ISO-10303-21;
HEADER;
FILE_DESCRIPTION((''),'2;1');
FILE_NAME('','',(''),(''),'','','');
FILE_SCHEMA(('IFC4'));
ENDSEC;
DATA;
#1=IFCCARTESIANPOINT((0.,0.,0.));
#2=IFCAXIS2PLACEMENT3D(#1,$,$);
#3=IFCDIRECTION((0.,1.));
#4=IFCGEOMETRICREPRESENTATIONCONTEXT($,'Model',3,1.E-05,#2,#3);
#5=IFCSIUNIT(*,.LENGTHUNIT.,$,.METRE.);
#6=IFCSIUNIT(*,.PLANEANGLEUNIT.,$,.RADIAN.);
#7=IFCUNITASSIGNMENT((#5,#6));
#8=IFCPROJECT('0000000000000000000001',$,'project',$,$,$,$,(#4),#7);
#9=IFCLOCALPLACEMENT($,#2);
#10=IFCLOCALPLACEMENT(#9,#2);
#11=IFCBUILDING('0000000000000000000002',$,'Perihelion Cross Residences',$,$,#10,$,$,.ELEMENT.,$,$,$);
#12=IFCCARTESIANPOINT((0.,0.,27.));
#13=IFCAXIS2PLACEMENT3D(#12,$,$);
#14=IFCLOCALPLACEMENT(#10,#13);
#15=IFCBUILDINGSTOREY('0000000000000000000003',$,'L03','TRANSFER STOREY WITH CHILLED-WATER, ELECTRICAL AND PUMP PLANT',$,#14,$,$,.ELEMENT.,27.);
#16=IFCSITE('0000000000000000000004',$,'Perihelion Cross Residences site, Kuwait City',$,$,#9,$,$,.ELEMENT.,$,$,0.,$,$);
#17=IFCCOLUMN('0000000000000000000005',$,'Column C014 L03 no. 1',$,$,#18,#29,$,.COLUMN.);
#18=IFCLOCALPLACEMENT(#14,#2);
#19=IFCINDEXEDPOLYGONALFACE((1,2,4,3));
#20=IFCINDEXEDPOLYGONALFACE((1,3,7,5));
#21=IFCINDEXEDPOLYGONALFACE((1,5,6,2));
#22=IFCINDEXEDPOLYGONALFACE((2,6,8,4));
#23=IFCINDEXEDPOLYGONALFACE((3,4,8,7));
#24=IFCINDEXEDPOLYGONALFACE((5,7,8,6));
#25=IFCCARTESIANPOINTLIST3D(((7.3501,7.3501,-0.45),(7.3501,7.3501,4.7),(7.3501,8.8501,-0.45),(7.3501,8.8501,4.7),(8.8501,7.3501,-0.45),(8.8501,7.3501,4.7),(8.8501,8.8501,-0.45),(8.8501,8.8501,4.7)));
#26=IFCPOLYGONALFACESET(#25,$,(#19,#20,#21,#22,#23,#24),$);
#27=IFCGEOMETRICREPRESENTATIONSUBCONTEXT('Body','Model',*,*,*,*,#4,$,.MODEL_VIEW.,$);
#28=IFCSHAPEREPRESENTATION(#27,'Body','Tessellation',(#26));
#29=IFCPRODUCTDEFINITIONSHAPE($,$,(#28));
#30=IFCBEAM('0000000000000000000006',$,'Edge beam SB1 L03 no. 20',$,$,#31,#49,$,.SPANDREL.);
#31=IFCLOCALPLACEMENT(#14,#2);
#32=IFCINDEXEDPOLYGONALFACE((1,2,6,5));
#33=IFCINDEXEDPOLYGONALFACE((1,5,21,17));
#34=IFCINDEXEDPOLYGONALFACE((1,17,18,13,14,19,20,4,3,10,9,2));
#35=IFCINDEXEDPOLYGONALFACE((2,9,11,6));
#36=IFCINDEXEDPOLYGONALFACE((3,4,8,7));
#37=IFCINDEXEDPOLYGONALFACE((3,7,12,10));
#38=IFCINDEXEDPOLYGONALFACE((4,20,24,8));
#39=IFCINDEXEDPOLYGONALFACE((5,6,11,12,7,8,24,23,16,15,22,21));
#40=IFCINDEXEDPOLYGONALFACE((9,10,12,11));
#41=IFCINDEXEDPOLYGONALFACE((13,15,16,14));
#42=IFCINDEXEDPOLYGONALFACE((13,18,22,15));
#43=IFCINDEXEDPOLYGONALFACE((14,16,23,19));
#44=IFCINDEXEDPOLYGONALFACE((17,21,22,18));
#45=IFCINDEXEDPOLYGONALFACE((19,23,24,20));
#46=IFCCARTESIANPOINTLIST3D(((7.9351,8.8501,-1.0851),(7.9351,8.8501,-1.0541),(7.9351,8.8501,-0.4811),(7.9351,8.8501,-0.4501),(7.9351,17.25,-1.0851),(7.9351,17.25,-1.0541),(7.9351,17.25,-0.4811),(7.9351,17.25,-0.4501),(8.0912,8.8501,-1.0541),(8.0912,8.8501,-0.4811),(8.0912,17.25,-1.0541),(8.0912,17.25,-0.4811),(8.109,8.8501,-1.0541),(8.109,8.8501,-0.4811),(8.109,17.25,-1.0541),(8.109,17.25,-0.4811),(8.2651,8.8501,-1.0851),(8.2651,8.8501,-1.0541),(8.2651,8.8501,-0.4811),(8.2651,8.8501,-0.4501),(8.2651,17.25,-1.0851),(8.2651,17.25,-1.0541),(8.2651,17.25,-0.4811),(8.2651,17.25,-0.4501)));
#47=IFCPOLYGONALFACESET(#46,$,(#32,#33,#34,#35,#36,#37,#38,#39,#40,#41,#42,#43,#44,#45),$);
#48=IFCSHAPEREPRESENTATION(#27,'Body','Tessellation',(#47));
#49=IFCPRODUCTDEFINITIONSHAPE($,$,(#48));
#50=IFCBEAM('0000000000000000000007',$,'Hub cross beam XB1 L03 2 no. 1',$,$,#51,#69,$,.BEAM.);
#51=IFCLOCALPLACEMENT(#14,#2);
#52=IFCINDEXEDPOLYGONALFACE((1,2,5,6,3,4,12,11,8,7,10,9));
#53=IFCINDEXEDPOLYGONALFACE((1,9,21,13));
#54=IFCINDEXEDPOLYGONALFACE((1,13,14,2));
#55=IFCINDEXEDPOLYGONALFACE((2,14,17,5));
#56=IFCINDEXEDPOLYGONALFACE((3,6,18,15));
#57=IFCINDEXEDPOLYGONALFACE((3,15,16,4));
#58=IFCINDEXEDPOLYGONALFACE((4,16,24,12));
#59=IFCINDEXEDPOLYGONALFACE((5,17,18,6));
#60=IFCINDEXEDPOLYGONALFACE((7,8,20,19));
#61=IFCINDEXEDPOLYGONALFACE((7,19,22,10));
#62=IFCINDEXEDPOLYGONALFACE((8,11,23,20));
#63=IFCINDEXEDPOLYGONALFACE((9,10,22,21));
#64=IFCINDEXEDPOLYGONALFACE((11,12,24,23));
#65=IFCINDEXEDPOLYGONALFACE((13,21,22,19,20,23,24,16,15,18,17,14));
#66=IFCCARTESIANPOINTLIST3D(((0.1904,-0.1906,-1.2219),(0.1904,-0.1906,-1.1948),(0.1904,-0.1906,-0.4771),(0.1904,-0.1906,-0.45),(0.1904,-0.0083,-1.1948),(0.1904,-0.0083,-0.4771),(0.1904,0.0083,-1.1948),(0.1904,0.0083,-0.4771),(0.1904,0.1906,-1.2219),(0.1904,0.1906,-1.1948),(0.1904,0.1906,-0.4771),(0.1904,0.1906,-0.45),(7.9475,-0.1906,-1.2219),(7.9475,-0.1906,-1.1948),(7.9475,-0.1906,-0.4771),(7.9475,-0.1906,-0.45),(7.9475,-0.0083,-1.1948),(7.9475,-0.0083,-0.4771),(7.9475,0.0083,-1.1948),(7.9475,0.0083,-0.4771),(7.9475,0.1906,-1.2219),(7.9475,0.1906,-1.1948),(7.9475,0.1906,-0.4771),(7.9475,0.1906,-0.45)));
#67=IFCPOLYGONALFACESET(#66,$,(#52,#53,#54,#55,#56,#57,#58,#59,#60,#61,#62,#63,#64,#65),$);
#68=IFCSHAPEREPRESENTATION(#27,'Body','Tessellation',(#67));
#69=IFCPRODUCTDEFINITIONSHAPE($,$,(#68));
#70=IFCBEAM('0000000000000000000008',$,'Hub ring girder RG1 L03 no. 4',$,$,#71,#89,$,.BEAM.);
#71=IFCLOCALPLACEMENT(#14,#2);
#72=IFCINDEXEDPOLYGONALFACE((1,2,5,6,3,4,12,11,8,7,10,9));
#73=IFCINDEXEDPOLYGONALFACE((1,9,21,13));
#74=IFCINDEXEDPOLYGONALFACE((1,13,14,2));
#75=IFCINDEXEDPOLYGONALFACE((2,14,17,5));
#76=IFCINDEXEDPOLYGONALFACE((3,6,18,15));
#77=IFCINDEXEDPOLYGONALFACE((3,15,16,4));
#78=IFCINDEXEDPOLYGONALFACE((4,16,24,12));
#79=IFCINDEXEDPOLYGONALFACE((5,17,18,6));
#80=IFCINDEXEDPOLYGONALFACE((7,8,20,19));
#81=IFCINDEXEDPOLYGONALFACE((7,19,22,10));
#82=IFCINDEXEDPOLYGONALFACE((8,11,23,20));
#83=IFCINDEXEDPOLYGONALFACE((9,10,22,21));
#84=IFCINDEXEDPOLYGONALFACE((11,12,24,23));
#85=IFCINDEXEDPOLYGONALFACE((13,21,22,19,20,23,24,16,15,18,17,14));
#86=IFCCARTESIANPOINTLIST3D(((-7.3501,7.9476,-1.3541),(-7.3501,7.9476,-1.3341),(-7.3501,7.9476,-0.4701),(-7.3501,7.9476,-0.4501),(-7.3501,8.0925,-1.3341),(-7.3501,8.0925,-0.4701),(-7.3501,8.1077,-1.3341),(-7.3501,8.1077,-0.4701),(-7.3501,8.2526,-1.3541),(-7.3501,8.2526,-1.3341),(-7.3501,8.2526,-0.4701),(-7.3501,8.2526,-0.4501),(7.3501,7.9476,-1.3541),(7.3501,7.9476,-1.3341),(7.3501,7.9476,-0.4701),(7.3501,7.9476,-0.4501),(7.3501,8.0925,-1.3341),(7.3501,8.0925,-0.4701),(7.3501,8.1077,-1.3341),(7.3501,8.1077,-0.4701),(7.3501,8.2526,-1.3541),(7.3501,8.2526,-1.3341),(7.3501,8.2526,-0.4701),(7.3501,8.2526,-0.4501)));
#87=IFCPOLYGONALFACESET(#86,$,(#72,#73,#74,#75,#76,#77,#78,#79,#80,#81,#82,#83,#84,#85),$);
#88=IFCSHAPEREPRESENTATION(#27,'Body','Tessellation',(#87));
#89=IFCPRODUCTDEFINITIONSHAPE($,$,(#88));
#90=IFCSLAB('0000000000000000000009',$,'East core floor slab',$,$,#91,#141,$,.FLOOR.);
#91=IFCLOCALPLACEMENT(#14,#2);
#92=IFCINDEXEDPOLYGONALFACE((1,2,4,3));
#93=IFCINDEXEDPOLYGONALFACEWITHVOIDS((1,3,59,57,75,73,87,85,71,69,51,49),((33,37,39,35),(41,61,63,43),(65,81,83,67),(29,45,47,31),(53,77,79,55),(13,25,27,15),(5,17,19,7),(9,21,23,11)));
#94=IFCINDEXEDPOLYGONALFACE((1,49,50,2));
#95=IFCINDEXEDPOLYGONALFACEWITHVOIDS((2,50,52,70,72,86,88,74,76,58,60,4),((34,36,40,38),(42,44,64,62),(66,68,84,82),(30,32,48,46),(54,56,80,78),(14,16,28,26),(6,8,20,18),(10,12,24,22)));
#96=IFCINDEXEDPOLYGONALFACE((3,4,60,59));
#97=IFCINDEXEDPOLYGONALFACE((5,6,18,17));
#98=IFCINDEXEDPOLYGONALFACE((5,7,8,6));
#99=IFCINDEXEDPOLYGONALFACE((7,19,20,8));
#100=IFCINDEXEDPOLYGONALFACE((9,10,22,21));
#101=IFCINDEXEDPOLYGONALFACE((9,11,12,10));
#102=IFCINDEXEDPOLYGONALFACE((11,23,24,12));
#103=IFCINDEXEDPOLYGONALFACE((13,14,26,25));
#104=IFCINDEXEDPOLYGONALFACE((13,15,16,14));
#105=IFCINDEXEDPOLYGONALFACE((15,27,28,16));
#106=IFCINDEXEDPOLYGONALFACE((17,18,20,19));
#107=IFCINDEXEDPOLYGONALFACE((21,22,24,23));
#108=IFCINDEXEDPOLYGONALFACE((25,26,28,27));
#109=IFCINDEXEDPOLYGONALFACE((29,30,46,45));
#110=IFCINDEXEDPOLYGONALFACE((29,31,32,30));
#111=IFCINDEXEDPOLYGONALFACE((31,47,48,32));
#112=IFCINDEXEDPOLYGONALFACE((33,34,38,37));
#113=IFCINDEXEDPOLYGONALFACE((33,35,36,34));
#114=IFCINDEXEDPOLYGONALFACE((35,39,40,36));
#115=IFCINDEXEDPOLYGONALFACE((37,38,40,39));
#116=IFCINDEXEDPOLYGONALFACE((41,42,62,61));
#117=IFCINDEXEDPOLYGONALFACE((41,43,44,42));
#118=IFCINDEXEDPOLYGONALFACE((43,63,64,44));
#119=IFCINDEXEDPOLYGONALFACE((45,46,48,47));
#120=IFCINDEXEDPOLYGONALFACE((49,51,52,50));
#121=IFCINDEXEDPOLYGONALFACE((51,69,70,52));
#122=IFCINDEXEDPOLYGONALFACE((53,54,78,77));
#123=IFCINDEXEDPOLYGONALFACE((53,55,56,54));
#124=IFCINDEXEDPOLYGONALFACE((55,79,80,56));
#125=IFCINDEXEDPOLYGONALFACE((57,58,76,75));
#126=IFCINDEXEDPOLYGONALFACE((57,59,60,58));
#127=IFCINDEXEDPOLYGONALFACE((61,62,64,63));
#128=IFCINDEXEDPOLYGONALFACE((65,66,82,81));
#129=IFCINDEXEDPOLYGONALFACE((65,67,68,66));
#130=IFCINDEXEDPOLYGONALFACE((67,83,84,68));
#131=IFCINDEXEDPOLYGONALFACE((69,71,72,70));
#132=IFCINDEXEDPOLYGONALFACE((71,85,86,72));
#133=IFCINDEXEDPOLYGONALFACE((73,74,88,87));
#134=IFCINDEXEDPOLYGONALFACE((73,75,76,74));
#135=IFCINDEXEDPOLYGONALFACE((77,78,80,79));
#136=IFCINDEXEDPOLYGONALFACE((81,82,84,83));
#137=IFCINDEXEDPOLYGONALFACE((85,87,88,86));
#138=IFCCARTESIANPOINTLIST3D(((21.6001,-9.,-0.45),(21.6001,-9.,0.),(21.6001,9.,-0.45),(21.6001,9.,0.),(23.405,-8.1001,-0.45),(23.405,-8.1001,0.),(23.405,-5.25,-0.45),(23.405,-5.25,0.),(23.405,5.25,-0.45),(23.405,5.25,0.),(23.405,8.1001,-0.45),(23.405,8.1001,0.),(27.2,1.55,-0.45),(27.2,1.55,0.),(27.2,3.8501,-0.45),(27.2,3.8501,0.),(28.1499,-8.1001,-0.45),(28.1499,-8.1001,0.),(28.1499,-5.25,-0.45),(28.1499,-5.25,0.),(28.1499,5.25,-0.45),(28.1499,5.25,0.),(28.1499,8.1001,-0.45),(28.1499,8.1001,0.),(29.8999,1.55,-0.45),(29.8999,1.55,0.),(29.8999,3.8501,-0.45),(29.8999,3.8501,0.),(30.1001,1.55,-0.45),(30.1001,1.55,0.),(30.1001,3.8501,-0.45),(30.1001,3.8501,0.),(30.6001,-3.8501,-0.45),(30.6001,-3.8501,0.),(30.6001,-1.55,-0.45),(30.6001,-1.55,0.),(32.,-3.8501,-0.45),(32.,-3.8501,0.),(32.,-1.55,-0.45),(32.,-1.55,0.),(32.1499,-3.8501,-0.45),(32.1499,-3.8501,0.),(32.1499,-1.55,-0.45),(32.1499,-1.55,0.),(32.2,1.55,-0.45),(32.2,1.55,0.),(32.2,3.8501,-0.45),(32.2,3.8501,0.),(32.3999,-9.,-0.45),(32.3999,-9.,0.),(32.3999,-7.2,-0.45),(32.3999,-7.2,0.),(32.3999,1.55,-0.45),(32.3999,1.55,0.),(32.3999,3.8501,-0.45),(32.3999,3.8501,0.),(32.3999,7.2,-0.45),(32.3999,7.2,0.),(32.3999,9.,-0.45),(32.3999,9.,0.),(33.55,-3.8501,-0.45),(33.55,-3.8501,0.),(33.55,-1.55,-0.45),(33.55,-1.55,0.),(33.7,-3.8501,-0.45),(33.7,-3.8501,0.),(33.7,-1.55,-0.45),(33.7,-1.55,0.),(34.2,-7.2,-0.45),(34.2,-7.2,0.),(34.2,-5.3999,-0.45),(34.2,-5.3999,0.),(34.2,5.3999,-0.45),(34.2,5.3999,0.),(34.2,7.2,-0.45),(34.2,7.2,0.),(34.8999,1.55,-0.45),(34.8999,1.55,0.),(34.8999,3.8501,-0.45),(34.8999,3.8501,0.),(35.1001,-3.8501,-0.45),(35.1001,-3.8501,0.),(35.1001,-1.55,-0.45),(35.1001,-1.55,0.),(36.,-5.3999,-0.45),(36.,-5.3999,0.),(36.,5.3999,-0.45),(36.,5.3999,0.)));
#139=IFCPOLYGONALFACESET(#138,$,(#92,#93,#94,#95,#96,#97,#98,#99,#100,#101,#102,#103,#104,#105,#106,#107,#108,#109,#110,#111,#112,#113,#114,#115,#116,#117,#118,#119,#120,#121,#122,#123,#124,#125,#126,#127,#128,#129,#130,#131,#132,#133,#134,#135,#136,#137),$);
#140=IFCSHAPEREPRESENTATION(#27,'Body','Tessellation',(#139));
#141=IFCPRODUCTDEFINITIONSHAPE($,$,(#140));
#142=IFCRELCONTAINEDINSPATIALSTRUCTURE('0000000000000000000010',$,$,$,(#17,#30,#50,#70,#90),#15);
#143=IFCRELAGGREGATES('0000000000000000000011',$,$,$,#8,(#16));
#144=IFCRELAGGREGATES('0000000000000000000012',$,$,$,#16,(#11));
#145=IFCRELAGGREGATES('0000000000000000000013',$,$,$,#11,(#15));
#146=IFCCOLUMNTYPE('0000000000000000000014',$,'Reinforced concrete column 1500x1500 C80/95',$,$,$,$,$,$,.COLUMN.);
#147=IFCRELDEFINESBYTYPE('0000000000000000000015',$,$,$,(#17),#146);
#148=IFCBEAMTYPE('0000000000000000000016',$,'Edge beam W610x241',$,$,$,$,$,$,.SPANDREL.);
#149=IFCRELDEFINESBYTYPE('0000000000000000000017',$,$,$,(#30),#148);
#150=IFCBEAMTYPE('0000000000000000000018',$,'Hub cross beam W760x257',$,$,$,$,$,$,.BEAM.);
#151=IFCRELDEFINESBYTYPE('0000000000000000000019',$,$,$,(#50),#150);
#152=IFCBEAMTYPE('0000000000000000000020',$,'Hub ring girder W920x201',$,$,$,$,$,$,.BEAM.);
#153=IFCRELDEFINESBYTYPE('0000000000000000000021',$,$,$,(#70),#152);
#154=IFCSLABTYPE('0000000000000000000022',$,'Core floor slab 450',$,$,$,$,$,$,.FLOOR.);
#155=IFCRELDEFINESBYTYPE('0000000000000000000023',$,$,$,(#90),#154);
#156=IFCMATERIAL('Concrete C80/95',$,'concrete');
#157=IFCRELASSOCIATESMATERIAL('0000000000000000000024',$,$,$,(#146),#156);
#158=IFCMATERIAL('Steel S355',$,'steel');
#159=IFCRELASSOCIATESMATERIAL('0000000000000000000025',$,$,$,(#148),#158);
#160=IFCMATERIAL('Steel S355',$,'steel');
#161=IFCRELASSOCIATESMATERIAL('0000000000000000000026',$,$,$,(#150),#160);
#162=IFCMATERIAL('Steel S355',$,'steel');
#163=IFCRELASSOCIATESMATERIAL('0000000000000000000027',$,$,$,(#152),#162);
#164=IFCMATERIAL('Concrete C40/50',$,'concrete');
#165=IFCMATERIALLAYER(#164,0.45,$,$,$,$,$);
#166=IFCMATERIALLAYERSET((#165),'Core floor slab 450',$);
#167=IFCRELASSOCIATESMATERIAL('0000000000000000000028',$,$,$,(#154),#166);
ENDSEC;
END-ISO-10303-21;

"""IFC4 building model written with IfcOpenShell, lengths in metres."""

from ifc_helpers import new_model, si_unit, direction, frame, origin, origin_2d, place, context, subcontext, project, spatial, polyline, rectangle, i_section, outline, extrude, material, layer, layer_set, material_profile, profile_set, type_object, element, save


model = new_model("IFC4")

# Units and contexts
model_context = context("Model", 3, precision=1e-05, world=origin(), true_north=direction((0.0, 1.0)))
body_context = subcontext(model_context, "Body", "Model", "MODEL_VIEW")
ifc_project = project(units=[si_unit("LENGTHUNIT", "METRE"), si_unit("PLANEANGLEUNIT", "RADIAN")], contexts=[model_context])

# Site, building, storey
site_placement = place(None, origin())
site = spatial("IfcSite", under=ifc_project, at=site_placement, Name="Perihelion Cross Residences site, Kuwait City", CompositionType="ELEMENT", RefElevation=0.0)
building_placement = place(site_placement, origin())
building = spatial("IfcBuilding", under=site, at=building_placement, Name="Perihelion Cross Residences", CompositionType="ELEMENT")
storey_placement = place(building_placement, frame((0.0, 0.0, 27.0)))
storey = spatial("IfcBuildingStorey", under=building, at=storey_placement, Name="L03", Description="TRANSFER STOREY WITH CHILLED-WATER, ELECTRICAL AND PUMP PLANT", CompositionType="ELEMENT", Elevation=27.0)

# Column
ifc_material_1 = material(Name="Concrete C80/95", Category="concrete")
ifc_material_profile_1 = material_profile(ifc_material_1, rectangle(XDim=1.5, YDim=1.5, at=origin_2d()), Name="RC 1500x1500")
ifc_profile_set_1 = profile_set([ifc_material_profile_1], Name="Concrete C80/95")
column_type = type_object("IfcColumnType", Name="Reinforced concrete column 1500x1500 C80/95", PredefinedType="COLUMN", material=ifc_profile_set_1)
column_placement = place(storey_placement, frame((8.1001, 8.1001, -0.45), z_axis=(0.0, 0.0, 1.0), x_axis=(1.0, 0.0, 0.0)))
element("IfcColumn", 1, at=column_placement, inside=storey, type_object=column_type, Name="Column C014 L03 no. 1", PredefinedType="COLUMN", context=body_context, shape_type="SweptSolid", body=[
    extrude(rectangle(XDim=1.5, YDim=1.5, at=origin_2d()), origin(), (0.0, 0.0, 1.0), 5.1499),
])

# Beams
ifc_material_2 = material(Name="Steel S355", Category="steel")
ifc_material_profile_2 = material_profile(ifc_material_2, i_section(OverallWidth=0.3301, OverallDepth=0.635, WebThickness=0.0178, FlangeThickness=0.031, at=origin_2d()), Name="W610x241")
ifc_profile_set_2 = profile_set([ifc_material_profile_2], Name="Steel S355")
beam_type_1 = type_object("IfcBeamType", Name="Edge beam W610x241", PredefinedType="SPANDREL", material=ifc_profile_set_2)
beam_1_placement = place(storey_placement, frame((8.1001, 8.8501, -0.7676), z_axis=(0.0, 1.0, 0.0), x_axis=(-1.0, 0.0, 0.0)))
element("IfcBeam", 2, at=beam_1_placement, inside=storey, type_object=beam_type_1, Name="Edge beam SB1 L03 no. 20", PredefinedType="SPANDREL", context=body_context, shape_type="SweptSolid", body=[
    extrude(i_section(OverallWidth=0.3301, OverallDepth=0.635, WebThickness=0.0178, FlangeThickness=0.031, at=origin_2d()), origin(), (0.0, 0.0, 1.0), 8.3999),
])
ifc_material_3 = material(Name="Steel S355", Category="steel")
ifc_material_profile_3 = material_profile(ifc_material_3, i_section(OverallWidth=0.3811, OverallDepth=0.772, WebThickness=0.0166, FlangeThickness=0.0271, at=origin_2d()), Name="W760x257")
ifc_profile_set_3 = profile_set([ifc_material_profile_3], Name="Steel S355")
beam_type_2 = type_object("IfcBeamType", Name="Hub cross beam W760x257", PredefinedType="BEAM", material=ifc_profile_set_3)
beam_2_placement = place(storey_placement, frame((0.1904, 0.0, -0.8359), z_axis=(1.0, 0.0, 0.0), x_axis=(0.0, 1.0, 0.0)))
element("IfcBeam", 3, at=beam_2_placement, inside=storey, type_object=beam_type_2, Name="Hub cross beam XB1 L03 2 no. 1", PredefinedType="BEAM", context=body_context, shape_type="SweptSolid", body=[
    extrude(i_section(OverallWidth=0.3811, OverallDepth=0.772, WebThickness=0.0166, FlangeThickness=0.0271, at=origin_2d()), origin(), (0.0, 0.0, 1.0), 7.7571),
])
ifc_material_4 = material(Name="Steel S355", Category="steel")
ifc_material_profile_4 = material_profile(ifc_material_4, i_section(OverallWidth=0.3049, OverallDepth=0.9041, WebThickness=0.0151, FlangeThickness=0.02, at=origin_2d()), Name="W920x201")
ifc_profile_set_4 = profile_set([ifc_material_profile_4], Name="Steel S355")
beam_type_3 = type_object("IfcBeamType", Name="Hub ring girder W920x201", PredefinedType="BEAM", material=ifc_profile_set_4)
beam_3_placement = place(storey_placement, frame((7.3501, 8.1001, -0.9021), z_axis=(-1.0, 0.0, 0.0), x_axis=(0.0, -1.0, 0.0)))
element("IfcBeam", 4, at=beam_3_placement, inside=storey, type_object=beam_type_3, Name="Hub ring girder RG1 L03 no. 4", PredefinedType="BEAM", context=body_context, shape_type="SweptSolid", body=[
    extrude(i_section(OverallWidth=0.3049, OverallDepth=0.9041, WebThickness=0.0151, FlangeThickness=0.02, at=origin_2d()), origin(), (0.0, 0.0, 1.0), 14.7002),
])

# Slab
ifc_material_5 = material(Name="Concrete C40/50", Category="concrete")
ifc_layer_1 = layer(ifc_material_5, 0.45)
ifc_layer_set_1 = layer_set([ifc_layer_1], Name="Core floor slab 450")
slab_type_1 = type_object("IfcSlabType", Name="Core floor slab 450", PredefinedType="FLOOR", material=ifc_layer_set_1)
slab_1_placement = place(storey_placement, frame((0.0, 0.0, -0.45)))
element("IfcSlab", 5, at=slab_1_placement, inside=storey, type_object=slab_type_1, Name="East core floor slab", PredefinedType="FLOOR", context=body_context, shape_type="SweptSolid", body=[
    extrude(outline(polyline([(32.3999, 7.2), (34.2, 7.2), (34.2, 5.3999), (36.0, 5.3999), (36.0, -5.3999), (34.2, -5.3999), (34.2, -7.2), (32.3999, -7.2), (32.3999, -9.0), (21.6001, -9.0), (21.6001, 9.0), (32.3999, 9.0), (32.3999, 7.2)]), holes=[polyline([(23.405, -8.1001), (28.1499, -8.1001), (28.1499, -5.25), (23.405, -5.25), (23.405, -8.1001)]), polyline([(30.6001, -1.55), (30.6001, -3.8501), (32.0, -3.8501), (32.0, -1.55), (30.6001, -1.55)]), polyline([(32.1499, -1.55), (32.1499, -3.8501), (33.55, -3.8501), (33.55, -1.55), (32.1499, -1.55)]), polyline([(33.7, -1.55), (33.7, -3.8501), (35.1001, -3.8501), (35.1001, -1.55), (33.7, -1.55)]), polyline([(27.2, 3.8501), (27.2, 1.55), (29.8999, 1.55), (29.8999, 3.8501), (27.2, 3.8501)]), polyline([(30.1001, 3.8501), (30.1001, 1.55), (32.2, 1.55), (32.2, 3.8501), (30.1001, 3.8501)]), polyline([(32.3999, 3.8501), (32.3999, 1.55), (34.8999, 1.55), (34.8999, 3.8501), (32.3999, 3.8501)]), polyline([(23.405, 5.25), (28.1499, 5.25), (28.1499, 8.1001), (23.405, 8.1001), (23.405, 5.25)])]), origin(), (0.0, 0.0, 1.0), 0.45),
])

save(model, "model.ifc")
